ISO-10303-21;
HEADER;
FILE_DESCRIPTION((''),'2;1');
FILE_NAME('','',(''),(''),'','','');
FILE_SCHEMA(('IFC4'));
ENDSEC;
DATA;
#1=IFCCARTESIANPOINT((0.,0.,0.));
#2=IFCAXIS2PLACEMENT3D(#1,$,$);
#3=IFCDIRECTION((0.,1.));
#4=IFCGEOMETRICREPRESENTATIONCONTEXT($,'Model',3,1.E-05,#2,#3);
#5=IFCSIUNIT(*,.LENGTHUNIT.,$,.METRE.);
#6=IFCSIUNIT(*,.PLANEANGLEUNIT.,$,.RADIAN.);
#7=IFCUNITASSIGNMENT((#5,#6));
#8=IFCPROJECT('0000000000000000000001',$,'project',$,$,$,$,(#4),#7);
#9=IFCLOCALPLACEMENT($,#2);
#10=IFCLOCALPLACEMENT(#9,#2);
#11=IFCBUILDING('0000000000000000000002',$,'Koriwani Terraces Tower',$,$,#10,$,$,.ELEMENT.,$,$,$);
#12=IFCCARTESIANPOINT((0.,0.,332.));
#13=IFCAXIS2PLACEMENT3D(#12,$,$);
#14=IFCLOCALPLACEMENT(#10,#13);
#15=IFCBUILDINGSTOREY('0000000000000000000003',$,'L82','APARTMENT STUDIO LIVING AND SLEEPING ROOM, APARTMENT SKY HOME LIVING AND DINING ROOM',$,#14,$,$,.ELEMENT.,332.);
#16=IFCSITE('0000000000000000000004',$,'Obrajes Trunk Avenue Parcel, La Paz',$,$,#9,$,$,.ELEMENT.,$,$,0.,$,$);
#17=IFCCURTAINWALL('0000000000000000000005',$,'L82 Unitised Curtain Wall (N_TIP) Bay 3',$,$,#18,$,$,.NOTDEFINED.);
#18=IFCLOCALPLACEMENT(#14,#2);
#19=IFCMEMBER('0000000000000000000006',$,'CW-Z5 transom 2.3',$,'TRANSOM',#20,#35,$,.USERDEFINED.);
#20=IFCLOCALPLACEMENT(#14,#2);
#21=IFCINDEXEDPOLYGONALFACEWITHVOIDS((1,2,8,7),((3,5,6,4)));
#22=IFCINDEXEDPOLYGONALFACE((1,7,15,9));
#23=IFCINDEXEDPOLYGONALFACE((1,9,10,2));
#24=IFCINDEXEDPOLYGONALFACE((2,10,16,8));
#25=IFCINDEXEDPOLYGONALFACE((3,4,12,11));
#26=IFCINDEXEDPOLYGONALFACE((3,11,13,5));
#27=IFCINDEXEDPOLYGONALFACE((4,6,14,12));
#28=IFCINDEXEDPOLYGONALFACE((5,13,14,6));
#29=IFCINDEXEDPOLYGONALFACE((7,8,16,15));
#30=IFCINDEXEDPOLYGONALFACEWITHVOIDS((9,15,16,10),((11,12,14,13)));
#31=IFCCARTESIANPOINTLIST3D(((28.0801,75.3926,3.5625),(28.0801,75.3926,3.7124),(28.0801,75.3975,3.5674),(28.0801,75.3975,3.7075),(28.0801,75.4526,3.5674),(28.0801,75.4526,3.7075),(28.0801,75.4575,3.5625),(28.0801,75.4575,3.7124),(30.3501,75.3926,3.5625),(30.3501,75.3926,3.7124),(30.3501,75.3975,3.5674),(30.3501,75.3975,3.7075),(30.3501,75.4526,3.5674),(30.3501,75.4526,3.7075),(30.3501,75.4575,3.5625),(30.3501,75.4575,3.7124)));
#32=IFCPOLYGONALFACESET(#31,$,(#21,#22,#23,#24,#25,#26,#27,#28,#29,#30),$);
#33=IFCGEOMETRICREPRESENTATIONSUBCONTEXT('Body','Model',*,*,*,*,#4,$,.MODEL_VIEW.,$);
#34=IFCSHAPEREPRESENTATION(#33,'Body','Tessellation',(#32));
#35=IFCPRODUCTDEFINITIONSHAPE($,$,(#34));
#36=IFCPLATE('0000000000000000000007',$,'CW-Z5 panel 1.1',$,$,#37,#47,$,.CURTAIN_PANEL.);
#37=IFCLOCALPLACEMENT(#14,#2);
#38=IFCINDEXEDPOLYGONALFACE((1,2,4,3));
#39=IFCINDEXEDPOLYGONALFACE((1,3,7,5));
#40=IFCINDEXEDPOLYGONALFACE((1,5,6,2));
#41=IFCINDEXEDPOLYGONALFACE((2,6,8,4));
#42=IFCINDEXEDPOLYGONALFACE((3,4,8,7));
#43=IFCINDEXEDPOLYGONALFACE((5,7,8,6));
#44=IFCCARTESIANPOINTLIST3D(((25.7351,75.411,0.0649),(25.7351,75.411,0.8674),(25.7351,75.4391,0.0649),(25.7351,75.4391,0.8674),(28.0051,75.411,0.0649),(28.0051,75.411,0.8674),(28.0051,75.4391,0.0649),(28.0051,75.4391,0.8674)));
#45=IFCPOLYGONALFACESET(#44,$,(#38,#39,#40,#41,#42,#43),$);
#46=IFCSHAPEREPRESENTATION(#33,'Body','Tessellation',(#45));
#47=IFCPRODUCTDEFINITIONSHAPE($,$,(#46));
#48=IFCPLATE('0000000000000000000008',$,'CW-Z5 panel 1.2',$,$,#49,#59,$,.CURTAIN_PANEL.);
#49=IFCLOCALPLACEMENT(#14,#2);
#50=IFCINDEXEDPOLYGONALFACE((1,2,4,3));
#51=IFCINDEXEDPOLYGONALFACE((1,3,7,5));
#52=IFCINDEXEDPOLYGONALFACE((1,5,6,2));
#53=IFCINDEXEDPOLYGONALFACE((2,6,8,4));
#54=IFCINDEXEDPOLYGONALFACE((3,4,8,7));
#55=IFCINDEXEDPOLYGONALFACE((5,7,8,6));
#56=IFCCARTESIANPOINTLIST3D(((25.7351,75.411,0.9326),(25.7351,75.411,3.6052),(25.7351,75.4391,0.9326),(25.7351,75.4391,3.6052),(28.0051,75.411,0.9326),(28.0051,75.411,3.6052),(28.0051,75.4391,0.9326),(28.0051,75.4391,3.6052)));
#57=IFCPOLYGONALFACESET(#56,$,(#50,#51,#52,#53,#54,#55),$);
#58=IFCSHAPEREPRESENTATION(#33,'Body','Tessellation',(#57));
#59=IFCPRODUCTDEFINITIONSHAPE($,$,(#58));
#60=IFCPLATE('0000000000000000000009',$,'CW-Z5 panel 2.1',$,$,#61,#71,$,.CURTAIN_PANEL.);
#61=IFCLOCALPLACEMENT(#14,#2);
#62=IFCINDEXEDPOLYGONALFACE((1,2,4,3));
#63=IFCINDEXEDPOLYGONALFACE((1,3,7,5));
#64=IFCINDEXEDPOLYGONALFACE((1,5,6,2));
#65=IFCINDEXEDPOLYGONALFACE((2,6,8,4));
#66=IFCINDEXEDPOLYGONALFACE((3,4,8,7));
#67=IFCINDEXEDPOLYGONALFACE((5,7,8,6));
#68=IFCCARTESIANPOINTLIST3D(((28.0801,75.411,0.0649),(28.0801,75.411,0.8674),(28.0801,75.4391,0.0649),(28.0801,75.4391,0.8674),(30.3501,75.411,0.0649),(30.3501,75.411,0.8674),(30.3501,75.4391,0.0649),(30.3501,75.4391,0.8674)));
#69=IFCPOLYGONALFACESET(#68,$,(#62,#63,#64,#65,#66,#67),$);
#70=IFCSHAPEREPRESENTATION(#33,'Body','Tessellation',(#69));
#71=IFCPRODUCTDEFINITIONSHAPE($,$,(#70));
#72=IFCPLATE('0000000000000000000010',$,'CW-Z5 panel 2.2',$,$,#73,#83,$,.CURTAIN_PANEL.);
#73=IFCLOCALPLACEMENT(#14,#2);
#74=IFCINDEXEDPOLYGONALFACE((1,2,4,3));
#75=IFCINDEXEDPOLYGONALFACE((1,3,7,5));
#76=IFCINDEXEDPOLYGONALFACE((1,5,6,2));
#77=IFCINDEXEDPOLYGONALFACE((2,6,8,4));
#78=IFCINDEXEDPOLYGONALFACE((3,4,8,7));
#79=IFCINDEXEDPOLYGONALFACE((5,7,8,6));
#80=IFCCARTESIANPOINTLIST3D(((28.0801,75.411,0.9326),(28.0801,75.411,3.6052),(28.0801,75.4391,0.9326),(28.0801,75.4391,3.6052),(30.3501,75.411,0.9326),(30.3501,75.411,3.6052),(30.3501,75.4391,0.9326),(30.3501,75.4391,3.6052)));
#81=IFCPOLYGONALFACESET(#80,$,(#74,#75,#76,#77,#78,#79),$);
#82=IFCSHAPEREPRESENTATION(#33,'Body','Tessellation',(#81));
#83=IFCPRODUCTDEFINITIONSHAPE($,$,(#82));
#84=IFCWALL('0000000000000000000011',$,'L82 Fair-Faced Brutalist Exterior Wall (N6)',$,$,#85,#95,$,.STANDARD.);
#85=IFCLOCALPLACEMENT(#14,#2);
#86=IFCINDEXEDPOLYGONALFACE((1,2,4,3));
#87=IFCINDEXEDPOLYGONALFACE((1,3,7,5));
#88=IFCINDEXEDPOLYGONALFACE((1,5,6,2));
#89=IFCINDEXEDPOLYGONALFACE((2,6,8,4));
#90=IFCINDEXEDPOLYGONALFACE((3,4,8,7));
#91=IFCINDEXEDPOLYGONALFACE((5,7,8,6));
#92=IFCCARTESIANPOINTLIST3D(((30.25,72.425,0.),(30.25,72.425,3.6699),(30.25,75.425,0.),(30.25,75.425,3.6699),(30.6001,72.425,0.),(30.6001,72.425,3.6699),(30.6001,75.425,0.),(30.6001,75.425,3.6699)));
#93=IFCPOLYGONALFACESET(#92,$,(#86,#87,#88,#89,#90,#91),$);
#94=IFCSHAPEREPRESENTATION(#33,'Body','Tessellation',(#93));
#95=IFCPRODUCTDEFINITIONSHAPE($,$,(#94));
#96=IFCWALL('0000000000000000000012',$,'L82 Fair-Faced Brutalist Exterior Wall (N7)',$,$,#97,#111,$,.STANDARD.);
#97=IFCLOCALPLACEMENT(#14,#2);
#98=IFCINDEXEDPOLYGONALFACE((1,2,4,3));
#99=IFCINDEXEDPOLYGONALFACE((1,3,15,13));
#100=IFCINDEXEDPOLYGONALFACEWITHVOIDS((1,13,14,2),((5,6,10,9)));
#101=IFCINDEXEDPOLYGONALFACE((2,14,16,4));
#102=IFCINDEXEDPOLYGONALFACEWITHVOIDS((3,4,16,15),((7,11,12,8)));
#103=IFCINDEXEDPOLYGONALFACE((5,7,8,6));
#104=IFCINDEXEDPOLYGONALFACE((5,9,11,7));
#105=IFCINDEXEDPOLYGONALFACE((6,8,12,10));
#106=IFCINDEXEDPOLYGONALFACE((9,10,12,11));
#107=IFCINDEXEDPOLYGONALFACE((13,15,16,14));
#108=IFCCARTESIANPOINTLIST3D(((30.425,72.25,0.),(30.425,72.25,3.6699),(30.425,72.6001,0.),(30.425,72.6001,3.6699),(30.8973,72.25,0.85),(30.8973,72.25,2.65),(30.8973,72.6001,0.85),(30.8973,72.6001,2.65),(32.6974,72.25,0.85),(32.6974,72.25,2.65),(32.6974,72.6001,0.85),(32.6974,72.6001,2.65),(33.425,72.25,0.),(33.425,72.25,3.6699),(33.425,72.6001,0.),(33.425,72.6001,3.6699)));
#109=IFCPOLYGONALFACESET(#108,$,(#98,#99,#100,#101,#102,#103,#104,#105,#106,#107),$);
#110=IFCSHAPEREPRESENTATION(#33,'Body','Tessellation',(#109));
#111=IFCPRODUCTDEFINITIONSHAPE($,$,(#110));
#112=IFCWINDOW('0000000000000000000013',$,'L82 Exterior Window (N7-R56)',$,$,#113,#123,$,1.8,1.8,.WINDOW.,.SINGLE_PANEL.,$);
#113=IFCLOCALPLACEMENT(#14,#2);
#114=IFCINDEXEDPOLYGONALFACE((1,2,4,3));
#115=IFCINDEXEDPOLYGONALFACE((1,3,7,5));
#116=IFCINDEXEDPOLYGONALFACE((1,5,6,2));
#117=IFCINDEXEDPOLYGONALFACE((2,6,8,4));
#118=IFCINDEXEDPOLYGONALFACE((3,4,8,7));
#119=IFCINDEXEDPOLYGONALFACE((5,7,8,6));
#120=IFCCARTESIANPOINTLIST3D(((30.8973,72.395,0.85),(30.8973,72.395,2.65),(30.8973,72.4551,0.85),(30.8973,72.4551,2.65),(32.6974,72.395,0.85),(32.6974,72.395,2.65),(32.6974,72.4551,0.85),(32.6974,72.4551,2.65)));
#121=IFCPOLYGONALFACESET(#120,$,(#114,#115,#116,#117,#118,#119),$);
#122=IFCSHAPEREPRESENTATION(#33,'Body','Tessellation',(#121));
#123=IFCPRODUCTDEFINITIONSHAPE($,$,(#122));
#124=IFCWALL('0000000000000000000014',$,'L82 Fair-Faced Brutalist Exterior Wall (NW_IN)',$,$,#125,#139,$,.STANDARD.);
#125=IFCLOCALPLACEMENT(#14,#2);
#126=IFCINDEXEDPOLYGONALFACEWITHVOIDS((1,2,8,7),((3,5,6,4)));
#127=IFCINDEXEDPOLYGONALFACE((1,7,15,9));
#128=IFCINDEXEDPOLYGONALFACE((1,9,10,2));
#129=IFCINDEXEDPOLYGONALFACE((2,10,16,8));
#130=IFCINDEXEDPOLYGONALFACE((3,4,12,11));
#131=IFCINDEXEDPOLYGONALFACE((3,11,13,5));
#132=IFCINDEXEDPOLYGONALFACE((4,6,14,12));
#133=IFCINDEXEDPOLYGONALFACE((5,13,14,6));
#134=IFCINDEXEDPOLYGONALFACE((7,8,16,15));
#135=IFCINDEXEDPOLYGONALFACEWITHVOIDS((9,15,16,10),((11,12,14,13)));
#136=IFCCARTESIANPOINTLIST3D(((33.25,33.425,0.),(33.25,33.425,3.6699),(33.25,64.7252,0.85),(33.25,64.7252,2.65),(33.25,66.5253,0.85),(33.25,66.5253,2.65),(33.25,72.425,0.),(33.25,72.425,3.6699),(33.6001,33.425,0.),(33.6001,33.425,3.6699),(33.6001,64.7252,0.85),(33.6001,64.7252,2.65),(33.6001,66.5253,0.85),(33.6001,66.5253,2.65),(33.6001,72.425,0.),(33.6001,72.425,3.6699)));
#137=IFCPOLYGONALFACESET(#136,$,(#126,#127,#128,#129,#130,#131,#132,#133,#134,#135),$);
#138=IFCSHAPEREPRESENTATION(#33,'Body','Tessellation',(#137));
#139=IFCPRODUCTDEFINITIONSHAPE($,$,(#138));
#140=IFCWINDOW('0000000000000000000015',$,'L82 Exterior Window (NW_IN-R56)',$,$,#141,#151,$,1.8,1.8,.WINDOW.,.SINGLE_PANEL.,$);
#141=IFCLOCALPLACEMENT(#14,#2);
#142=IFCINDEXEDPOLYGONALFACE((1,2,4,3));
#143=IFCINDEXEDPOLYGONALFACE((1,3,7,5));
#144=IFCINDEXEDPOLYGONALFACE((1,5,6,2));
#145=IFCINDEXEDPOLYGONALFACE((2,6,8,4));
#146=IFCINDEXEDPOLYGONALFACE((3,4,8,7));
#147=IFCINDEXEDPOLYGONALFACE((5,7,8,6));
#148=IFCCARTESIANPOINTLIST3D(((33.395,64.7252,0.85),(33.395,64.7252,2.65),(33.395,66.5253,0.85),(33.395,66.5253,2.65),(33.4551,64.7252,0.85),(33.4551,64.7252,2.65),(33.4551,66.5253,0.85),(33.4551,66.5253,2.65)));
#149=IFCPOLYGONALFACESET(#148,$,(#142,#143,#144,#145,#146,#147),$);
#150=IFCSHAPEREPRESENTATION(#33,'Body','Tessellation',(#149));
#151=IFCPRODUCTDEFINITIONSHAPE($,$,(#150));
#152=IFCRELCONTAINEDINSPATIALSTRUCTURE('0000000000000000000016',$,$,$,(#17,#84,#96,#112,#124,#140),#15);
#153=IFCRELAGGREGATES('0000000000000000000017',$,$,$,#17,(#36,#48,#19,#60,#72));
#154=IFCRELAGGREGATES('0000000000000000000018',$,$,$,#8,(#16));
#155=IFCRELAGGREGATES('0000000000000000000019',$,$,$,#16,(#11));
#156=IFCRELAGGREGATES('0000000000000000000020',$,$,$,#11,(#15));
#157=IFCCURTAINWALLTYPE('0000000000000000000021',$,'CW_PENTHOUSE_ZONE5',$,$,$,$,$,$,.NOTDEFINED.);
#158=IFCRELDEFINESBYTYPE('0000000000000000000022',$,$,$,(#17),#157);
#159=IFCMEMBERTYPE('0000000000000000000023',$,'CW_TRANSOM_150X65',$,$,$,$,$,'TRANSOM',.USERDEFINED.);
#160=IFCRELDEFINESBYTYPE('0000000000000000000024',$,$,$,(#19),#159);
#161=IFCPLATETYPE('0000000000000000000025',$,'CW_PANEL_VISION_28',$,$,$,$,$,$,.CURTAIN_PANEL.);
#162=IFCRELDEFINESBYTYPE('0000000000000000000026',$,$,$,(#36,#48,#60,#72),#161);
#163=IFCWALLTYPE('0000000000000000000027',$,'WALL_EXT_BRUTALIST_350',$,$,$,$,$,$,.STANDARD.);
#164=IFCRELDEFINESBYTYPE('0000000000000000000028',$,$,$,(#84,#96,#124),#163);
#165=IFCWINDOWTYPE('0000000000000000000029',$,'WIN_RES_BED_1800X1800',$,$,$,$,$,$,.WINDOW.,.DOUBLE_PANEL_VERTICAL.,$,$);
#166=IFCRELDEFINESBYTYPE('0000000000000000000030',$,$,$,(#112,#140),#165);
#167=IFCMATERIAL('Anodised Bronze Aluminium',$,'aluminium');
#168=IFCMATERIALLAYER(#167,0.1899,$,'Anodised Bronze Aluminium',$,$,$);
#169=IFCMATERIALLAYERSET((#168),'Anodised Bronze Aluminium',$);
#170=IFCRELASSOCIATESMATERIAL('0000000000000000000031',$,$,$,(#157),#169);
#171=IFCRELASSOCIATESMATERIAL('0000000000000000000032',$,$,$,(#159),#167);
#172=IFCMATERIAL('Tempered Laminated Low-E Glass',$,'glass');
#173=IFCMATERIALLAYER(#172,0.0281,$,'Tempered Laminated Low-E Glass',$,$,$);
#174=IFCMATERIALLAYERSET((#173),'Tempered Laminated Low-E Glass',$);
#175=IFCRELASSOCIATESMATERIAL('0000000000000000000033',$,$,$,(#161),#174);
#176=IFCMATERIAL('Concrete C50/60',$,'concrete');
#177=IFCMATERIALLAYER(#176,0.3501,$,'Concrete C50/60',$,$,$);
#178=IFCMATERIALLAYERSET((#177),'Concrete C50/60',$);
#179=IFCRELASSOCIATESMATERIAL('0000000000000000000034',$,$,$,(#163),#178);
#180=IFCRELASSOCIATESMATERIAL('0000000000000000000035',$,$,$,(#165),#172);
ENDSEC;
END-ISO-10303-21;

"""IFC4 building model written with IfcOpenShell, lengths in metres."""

from ifc_helpers import new_model, si_unit, direction, frame, frame_2d, origin, origin_2d, place, context, subcontext, project, spatial, rectangle, hollow_rectangle, extrude, material, layer, layer_set, material_profile, profile_set, type_object, element, fill, aggregate, save


model = new_model("IFC4")

# Units and contexts
model_context = context("Model", 3, precision=1e-05, world=origin(), true_north=direction((0.0, 1.0)))
body_context = subcontext(model_context, "Body", "Model", "MODEL_VIEW")
ifc_project = project(units=[si_unit("LENGTHUNIT", "METRE"), si_unit("PLANEANGLEUNIT", "RADIAN")], contexts=[model_context])

# Site, building, storey
site_placement = place(None, origin())
site = spatial("IfcSite", under=ifc_project, at=site_placement, Name="Obrajes Trunk Avenue Parcel, La Paz", CompositionType="ELEMENT", RefElevation=0.0)
building_placement = place(site_placement, origin())
building = spatial("IfcBuilding", under=site, at=building_placement, Name="Koriwani Terraces Tower", CompositionType="ELEMENT")
storey_placement = place(building_placement, frame((0.0, 0.0, 332.0)))
storey = spatial("IfcBuildingStorey", under=building, at=storey_placement, Name="L82", Description="APARTMENT STUDIO LIVING AND SLEEPING ROOM, APARTMENT SKY HOME LIVING AND DINING ROOM", CompositionType="ELEMENT", Elevation=332.0)

# Shared definitions
ifc_material_1 = material(Name="Concrete C50/60", Category="concrete")

# Curtain wall, member, plates
ifc_material_2 = material(Name="Anodised Bronze Aluminium", Category="aluminium")
ifc_layer_1 = layer(ifc_material_2, 0.1899, Name="Anodised Bronze Aluminium")
ifc_layer_set_1 = layer_set([ifc_layer_1], Name="Anodised Bronze Aluminium")
curtain_wall_type = type_object("IfcCurtainWallType", Name="CW_PENTHOUSE_ZONE5", PredefinedType="NOTDEFINED", material=ifc_layer_set_1)
curtain_wall_placement = place(storey_placement, origin())
curtain_wall = element("IfcCurtainWall", 1, at=curtain_wall_placement, inside=storey, type_object=curtain_wall_type, Name="L82 Unitised Curtain Wall (N_TIP) Bay 3", PredefinedType="NOTDEFINED")
ifc_material_profile_1 = material_profile(ifc_material_2, hollow_rectangle(XDim=0.0649, YDim=0.1499, WallThickness=0.0049, at=origin_2d()), Name="Anodised Bronze Aluminium", Category="LoadBearing")
ifc_profile_set_1 = profile_set([ifc_material_profile_1], Name="Anodised Bronze Aluminium")
member_type_1 = type_object("IfcMemberType", Name="CW_TRANSOM_150X65", ElementType="TRANSOM", PredefinedType="USERDEFINED", material=ifc_profile_set_1)
member_1_placement = place(storey_placement, frame((28.0801, 75.425, 3.6375), z_axis=(1.0, 0.0, 0.0), x_axis=(0.0, 1.0, 0.0)))
member_1 = element("IfcMember", 2, at=member_1_placement, type_object=member_type_1, Name="CW-Z5 transom 2.3", ObjectType="TRANSOM", PredefinedType="USERDEFINED", context=body_context, shape_type="SweptSolid", body=[
    extrude(hollow_rectangle(XDim=0.0649, YDim=0.1499, WallThickness=0.0049, at=origin_2d()), origin(), (0.0, 0.0, 1.0), 2.27),
])
ifc_material_3 = material(Name="Tempered Laminated Low-E Glass", Category="glass")
ifc_layer_2 = layer(ifc_material_3, 0.0281, Name="Tempered Laminated Low-E Glass")
ifc_layer_set_2 = layer_set([ifc_layer_2], Name="Tempered Laminated Low-E Glass")
plate_type = type_object("IfcPlateType", Name="CW_PANEL_VISION_28", PredefinedType="CURTAIN_PANEL", material=ifc_layer_set_2)
plate_1_placement = place(storey_placement, frame((26.8701, 75.425, 0.0649), z_axis=(0.0, 0.0, 1.0), x_axis=(1.0, 0.0, 0.0)))
plate_1 = element("IfcPlate", 3, at=plate_1_placement, type_object=plate_type, Name="CW-Z5 panel 1.1", PredefinedType="CURTAIN_PANEL", context=body_context, shape_type="SweptSolid", body=[
    extrude(rectangle(XDim=2.27, YDim=0.0281, at=origin_2d()), origin(), (0.0, 0.0, 1.0), 0.8025),
])
plate_2_placement = place(storey_placement, frame((26.8701, 75.425, 0.9326), z_axis=(0.0, 0.0, 1.0), x_axis=(1.0, 0.0, 0.0)))
plate_2 = element("IfcPlate", 4, at=plate_2_placement, type_object=plate_type, Name="CW-Z5 panel 1.2", PredefinedType="CURTAIN_PANEL", context=body_context, shape_type="SweptSolid", body=[
    extrude(rectangle(XDim=2.27, YDim=0.0281, at=origin_2d()), origin(), (0.0, 0.0, 1.0), 2.6726),
])
plate_3_placement = place(storey_placement, frame((29.2151, 75.425, 0.0649), z_axis=(0.0, 0.0, 1.0), x_axis=(1.0, 0.0, 0.0)))
plate_3 = element("IfcPlate", 5, at=plate_3_placement, type_object=plate_type, Name="CW-Z5 panel 2.1", PredefinedType="CURTAIN_PANEL", context=body_context, shape_type="SweptSolid", body=[
    extrude(rectangle(XDim=2.27, YDim=0.0281, at=origin_2d()), origin(), (0.0, 0.0, 1.0), 0.8025),
])
plate_4_placement = place(storey_placement, frame((29.2151, 75.425, 0.9326), z_axis=(0.0, 0.0, 1.0), x_axis=(1.0, 0.0, 0.0)))
plate_4 = element("IfcPlate", 6, at=plate_4_placement, type_object=plate_type, Name="CW-Z5 panel 2.2", PredefinedType="CURTAIN_PANEL", context=body_context, shape_type="SweptSolid", body=[
    extrude(rectangle(XDim=2.27, YDim=0.0281, at=origin_2d()), origin(), (0.0, 0.0, 1.0), 2.6726),
])
aggregate(curtain_wall, [plate_1, plate_2, member_1, plate_3, plate_4])

# Wall
ifc_layer_3 = layer(ifc_material_1, 0.3501, Name="Concrete C50/60")
ifc_layer_set_3 = layer_set([ifc_layer_3], Name="Concrete C50/60")
wall_type_1 = type_object("IfcWallType", Name="WALL_EXT_BRUTALIST_350", PredefinedType="STANDARD", material=ifc_layer_set_3)
wall_1_placement = place(storey_placement, frame((30.425, 75.425, 0.0), z_axis=(0.0, 0.0, 1.0), x_axis=(0.0, -1.0, 0.0)))
element("IfcWall", 7, at=wall_1_placement, inside=storey, type_object=wall_type_1, Name="L82 Fair-Faced Brutalist Exterior Wall (N6)", PredefinedType="STANDARD", context=body_context, shape_type="SweptSolid", body=[
    extrude(rectangle(XDim=3.0, YDim=0.3501, at=frame_2d((1.5, 0.0))), origin(), (0.0, 0.0, 1.0), 3.6699),
])

# Walls, openings, windows
wall_2_placement = place(storey_placement, frame((30.425, 72.425, 0.0), z_axis=(0.0, 0.0, 1.0), x_axis=(1.0, 0.0, 0.0)))
wall_2 = element("IfcWall", 8, at=wall_2_placement, inside=storey, type_object=wall_type_1, Name="L82 Fair-Faced Brutalist Exterior Wall (N7)", PredefinedType="STANDARD", context=body_context, shape_type="SweptSolid", body=[
    extrude(rectangle(XDim=3.0, YDim=0.3501, at=frame_2d((1.5, 0.0))), origin(), (0.0, 0.0, 1.0), 3.6699),
])
opening_1_placement = place(wall_2_placement, frame((0.4724, 0.0, 0.8501)))
opening_1 = element("IfcOpeningElement", 9, at=opening_1_placement, cuts=wall_2, PredefinedType="OPENING", context=body_context, shape_type="SweptSolid", body=[
    extrude(rectangle(XDim=1.8, YDim=1.8, at=frame_2d((0.8999, 0.8999))), frame((0.0, 0.1851, 0.0), z_axis=(0.0, -1.0, 0.0), x_axis=(1.0, 0.0, 0.0)), (0.0, 0.0, 1.0), 0.3701),
])
window_type = type_object("IfcWindowType", Name="WIN_RES_BED_1800X1800", PartitioningType="DOUBLE_PANEL_VERTICAL", PredefinedType="WINDOW", material=ifc_material_3)
window_1_placement = place(opening_1_placement, origin())
window_1 = element("IfcWindow", 10, at=window_1_placement, inside=storey, type_object=window_type, Name="L82 Exterior Window (N7-R56)", OverallHeight=1.8, OverallWidth=1.8, PartitioningType="SINGLE_PANEL", PredefinedType="WINDOW", context=body_context, shape_type="SweptSolid", body=[
    extrude(rectangle(XDim=1.8, YDim=1.8, at=frame_2d((0.8999, 0.8999))), frame((0.0, 0.03, 0.0), z_axis=(0.0, -1.0, 0.0), x_axis=(1.0, 0.0, 0.0)), (0.0, 0.0, 1.0), 0.0601),
])
fill(opening_1, window_1)
wall_3_placement = place(storey_placement, frame((33.425, 72.425, 0.0), z_axis=(0.0, 0.0, 1.0), x_axis=(0.0, -1.0, 0.0)))
wall_3 = element("IfcWall", 11, at=wall_3_placement, inside=storey, type_object=wall_type_1, Name="L82 Fair-Faced Brutalist Exterior Wall (NW_IN)", PredefinedType="STANDARD", context=body_context, shape_type="SweptSolid", body=[
    extrude(rectangle(XDim=39.0, YDim=0.3501, at=frame_2d((19.5, 0.0))), origin(), (0.0, 0.0, 1.0), 3.6699),
])
opening_2_placement = place(wall_3_placement, frame((5.8999, 0.0, 0.8501)))
opening_2 = element("IfcOpeningElement", 12, at=opening_2_placement, cuts=wall_3, PredefinedType="OPENING", context=body_context, shape_type="SweptSolid", body=[
    extrude(rectangle(XDim=1.8, YDim=1.8, at=frame_2d((0.8999, 0.8999))), frame((0.0, 0.1851, 0.0), z_axis=(0.0, -1.0, 0.0), x_axis=(1.0, 0.0, 0.0)), (0.0, 0.0, 1.0), 0.3701),
])
window_2_placement = place(opening_2_placement, origin())
window_2 = element("IfcWindow", 13, at=window_2_placement, inside=storey, type_object=window_type, Name="L82 Exterior Window (NW_IN-R56)", OverallHeight=1.8, OverallWidth=1.8, PartitioningType="SINGLE_PANEL", PredefinedType="WINDOW", context=body_context, shape_type="SweptSolid", body=[
    extrude(rectangle(XDim=1.8, YDim=1.8, at=frame_2d((0.8999, 0.8999))), frame((0.0, 0.03, 0.0), z_axis=(0.0, -1.0, 0.0), x_axis=(1.0, 0.0, 0.0)), (0.0, 0.0, 1.0), 0.0601),
])
fill(opening_2, window_2)

save(model, "model.ifc")
